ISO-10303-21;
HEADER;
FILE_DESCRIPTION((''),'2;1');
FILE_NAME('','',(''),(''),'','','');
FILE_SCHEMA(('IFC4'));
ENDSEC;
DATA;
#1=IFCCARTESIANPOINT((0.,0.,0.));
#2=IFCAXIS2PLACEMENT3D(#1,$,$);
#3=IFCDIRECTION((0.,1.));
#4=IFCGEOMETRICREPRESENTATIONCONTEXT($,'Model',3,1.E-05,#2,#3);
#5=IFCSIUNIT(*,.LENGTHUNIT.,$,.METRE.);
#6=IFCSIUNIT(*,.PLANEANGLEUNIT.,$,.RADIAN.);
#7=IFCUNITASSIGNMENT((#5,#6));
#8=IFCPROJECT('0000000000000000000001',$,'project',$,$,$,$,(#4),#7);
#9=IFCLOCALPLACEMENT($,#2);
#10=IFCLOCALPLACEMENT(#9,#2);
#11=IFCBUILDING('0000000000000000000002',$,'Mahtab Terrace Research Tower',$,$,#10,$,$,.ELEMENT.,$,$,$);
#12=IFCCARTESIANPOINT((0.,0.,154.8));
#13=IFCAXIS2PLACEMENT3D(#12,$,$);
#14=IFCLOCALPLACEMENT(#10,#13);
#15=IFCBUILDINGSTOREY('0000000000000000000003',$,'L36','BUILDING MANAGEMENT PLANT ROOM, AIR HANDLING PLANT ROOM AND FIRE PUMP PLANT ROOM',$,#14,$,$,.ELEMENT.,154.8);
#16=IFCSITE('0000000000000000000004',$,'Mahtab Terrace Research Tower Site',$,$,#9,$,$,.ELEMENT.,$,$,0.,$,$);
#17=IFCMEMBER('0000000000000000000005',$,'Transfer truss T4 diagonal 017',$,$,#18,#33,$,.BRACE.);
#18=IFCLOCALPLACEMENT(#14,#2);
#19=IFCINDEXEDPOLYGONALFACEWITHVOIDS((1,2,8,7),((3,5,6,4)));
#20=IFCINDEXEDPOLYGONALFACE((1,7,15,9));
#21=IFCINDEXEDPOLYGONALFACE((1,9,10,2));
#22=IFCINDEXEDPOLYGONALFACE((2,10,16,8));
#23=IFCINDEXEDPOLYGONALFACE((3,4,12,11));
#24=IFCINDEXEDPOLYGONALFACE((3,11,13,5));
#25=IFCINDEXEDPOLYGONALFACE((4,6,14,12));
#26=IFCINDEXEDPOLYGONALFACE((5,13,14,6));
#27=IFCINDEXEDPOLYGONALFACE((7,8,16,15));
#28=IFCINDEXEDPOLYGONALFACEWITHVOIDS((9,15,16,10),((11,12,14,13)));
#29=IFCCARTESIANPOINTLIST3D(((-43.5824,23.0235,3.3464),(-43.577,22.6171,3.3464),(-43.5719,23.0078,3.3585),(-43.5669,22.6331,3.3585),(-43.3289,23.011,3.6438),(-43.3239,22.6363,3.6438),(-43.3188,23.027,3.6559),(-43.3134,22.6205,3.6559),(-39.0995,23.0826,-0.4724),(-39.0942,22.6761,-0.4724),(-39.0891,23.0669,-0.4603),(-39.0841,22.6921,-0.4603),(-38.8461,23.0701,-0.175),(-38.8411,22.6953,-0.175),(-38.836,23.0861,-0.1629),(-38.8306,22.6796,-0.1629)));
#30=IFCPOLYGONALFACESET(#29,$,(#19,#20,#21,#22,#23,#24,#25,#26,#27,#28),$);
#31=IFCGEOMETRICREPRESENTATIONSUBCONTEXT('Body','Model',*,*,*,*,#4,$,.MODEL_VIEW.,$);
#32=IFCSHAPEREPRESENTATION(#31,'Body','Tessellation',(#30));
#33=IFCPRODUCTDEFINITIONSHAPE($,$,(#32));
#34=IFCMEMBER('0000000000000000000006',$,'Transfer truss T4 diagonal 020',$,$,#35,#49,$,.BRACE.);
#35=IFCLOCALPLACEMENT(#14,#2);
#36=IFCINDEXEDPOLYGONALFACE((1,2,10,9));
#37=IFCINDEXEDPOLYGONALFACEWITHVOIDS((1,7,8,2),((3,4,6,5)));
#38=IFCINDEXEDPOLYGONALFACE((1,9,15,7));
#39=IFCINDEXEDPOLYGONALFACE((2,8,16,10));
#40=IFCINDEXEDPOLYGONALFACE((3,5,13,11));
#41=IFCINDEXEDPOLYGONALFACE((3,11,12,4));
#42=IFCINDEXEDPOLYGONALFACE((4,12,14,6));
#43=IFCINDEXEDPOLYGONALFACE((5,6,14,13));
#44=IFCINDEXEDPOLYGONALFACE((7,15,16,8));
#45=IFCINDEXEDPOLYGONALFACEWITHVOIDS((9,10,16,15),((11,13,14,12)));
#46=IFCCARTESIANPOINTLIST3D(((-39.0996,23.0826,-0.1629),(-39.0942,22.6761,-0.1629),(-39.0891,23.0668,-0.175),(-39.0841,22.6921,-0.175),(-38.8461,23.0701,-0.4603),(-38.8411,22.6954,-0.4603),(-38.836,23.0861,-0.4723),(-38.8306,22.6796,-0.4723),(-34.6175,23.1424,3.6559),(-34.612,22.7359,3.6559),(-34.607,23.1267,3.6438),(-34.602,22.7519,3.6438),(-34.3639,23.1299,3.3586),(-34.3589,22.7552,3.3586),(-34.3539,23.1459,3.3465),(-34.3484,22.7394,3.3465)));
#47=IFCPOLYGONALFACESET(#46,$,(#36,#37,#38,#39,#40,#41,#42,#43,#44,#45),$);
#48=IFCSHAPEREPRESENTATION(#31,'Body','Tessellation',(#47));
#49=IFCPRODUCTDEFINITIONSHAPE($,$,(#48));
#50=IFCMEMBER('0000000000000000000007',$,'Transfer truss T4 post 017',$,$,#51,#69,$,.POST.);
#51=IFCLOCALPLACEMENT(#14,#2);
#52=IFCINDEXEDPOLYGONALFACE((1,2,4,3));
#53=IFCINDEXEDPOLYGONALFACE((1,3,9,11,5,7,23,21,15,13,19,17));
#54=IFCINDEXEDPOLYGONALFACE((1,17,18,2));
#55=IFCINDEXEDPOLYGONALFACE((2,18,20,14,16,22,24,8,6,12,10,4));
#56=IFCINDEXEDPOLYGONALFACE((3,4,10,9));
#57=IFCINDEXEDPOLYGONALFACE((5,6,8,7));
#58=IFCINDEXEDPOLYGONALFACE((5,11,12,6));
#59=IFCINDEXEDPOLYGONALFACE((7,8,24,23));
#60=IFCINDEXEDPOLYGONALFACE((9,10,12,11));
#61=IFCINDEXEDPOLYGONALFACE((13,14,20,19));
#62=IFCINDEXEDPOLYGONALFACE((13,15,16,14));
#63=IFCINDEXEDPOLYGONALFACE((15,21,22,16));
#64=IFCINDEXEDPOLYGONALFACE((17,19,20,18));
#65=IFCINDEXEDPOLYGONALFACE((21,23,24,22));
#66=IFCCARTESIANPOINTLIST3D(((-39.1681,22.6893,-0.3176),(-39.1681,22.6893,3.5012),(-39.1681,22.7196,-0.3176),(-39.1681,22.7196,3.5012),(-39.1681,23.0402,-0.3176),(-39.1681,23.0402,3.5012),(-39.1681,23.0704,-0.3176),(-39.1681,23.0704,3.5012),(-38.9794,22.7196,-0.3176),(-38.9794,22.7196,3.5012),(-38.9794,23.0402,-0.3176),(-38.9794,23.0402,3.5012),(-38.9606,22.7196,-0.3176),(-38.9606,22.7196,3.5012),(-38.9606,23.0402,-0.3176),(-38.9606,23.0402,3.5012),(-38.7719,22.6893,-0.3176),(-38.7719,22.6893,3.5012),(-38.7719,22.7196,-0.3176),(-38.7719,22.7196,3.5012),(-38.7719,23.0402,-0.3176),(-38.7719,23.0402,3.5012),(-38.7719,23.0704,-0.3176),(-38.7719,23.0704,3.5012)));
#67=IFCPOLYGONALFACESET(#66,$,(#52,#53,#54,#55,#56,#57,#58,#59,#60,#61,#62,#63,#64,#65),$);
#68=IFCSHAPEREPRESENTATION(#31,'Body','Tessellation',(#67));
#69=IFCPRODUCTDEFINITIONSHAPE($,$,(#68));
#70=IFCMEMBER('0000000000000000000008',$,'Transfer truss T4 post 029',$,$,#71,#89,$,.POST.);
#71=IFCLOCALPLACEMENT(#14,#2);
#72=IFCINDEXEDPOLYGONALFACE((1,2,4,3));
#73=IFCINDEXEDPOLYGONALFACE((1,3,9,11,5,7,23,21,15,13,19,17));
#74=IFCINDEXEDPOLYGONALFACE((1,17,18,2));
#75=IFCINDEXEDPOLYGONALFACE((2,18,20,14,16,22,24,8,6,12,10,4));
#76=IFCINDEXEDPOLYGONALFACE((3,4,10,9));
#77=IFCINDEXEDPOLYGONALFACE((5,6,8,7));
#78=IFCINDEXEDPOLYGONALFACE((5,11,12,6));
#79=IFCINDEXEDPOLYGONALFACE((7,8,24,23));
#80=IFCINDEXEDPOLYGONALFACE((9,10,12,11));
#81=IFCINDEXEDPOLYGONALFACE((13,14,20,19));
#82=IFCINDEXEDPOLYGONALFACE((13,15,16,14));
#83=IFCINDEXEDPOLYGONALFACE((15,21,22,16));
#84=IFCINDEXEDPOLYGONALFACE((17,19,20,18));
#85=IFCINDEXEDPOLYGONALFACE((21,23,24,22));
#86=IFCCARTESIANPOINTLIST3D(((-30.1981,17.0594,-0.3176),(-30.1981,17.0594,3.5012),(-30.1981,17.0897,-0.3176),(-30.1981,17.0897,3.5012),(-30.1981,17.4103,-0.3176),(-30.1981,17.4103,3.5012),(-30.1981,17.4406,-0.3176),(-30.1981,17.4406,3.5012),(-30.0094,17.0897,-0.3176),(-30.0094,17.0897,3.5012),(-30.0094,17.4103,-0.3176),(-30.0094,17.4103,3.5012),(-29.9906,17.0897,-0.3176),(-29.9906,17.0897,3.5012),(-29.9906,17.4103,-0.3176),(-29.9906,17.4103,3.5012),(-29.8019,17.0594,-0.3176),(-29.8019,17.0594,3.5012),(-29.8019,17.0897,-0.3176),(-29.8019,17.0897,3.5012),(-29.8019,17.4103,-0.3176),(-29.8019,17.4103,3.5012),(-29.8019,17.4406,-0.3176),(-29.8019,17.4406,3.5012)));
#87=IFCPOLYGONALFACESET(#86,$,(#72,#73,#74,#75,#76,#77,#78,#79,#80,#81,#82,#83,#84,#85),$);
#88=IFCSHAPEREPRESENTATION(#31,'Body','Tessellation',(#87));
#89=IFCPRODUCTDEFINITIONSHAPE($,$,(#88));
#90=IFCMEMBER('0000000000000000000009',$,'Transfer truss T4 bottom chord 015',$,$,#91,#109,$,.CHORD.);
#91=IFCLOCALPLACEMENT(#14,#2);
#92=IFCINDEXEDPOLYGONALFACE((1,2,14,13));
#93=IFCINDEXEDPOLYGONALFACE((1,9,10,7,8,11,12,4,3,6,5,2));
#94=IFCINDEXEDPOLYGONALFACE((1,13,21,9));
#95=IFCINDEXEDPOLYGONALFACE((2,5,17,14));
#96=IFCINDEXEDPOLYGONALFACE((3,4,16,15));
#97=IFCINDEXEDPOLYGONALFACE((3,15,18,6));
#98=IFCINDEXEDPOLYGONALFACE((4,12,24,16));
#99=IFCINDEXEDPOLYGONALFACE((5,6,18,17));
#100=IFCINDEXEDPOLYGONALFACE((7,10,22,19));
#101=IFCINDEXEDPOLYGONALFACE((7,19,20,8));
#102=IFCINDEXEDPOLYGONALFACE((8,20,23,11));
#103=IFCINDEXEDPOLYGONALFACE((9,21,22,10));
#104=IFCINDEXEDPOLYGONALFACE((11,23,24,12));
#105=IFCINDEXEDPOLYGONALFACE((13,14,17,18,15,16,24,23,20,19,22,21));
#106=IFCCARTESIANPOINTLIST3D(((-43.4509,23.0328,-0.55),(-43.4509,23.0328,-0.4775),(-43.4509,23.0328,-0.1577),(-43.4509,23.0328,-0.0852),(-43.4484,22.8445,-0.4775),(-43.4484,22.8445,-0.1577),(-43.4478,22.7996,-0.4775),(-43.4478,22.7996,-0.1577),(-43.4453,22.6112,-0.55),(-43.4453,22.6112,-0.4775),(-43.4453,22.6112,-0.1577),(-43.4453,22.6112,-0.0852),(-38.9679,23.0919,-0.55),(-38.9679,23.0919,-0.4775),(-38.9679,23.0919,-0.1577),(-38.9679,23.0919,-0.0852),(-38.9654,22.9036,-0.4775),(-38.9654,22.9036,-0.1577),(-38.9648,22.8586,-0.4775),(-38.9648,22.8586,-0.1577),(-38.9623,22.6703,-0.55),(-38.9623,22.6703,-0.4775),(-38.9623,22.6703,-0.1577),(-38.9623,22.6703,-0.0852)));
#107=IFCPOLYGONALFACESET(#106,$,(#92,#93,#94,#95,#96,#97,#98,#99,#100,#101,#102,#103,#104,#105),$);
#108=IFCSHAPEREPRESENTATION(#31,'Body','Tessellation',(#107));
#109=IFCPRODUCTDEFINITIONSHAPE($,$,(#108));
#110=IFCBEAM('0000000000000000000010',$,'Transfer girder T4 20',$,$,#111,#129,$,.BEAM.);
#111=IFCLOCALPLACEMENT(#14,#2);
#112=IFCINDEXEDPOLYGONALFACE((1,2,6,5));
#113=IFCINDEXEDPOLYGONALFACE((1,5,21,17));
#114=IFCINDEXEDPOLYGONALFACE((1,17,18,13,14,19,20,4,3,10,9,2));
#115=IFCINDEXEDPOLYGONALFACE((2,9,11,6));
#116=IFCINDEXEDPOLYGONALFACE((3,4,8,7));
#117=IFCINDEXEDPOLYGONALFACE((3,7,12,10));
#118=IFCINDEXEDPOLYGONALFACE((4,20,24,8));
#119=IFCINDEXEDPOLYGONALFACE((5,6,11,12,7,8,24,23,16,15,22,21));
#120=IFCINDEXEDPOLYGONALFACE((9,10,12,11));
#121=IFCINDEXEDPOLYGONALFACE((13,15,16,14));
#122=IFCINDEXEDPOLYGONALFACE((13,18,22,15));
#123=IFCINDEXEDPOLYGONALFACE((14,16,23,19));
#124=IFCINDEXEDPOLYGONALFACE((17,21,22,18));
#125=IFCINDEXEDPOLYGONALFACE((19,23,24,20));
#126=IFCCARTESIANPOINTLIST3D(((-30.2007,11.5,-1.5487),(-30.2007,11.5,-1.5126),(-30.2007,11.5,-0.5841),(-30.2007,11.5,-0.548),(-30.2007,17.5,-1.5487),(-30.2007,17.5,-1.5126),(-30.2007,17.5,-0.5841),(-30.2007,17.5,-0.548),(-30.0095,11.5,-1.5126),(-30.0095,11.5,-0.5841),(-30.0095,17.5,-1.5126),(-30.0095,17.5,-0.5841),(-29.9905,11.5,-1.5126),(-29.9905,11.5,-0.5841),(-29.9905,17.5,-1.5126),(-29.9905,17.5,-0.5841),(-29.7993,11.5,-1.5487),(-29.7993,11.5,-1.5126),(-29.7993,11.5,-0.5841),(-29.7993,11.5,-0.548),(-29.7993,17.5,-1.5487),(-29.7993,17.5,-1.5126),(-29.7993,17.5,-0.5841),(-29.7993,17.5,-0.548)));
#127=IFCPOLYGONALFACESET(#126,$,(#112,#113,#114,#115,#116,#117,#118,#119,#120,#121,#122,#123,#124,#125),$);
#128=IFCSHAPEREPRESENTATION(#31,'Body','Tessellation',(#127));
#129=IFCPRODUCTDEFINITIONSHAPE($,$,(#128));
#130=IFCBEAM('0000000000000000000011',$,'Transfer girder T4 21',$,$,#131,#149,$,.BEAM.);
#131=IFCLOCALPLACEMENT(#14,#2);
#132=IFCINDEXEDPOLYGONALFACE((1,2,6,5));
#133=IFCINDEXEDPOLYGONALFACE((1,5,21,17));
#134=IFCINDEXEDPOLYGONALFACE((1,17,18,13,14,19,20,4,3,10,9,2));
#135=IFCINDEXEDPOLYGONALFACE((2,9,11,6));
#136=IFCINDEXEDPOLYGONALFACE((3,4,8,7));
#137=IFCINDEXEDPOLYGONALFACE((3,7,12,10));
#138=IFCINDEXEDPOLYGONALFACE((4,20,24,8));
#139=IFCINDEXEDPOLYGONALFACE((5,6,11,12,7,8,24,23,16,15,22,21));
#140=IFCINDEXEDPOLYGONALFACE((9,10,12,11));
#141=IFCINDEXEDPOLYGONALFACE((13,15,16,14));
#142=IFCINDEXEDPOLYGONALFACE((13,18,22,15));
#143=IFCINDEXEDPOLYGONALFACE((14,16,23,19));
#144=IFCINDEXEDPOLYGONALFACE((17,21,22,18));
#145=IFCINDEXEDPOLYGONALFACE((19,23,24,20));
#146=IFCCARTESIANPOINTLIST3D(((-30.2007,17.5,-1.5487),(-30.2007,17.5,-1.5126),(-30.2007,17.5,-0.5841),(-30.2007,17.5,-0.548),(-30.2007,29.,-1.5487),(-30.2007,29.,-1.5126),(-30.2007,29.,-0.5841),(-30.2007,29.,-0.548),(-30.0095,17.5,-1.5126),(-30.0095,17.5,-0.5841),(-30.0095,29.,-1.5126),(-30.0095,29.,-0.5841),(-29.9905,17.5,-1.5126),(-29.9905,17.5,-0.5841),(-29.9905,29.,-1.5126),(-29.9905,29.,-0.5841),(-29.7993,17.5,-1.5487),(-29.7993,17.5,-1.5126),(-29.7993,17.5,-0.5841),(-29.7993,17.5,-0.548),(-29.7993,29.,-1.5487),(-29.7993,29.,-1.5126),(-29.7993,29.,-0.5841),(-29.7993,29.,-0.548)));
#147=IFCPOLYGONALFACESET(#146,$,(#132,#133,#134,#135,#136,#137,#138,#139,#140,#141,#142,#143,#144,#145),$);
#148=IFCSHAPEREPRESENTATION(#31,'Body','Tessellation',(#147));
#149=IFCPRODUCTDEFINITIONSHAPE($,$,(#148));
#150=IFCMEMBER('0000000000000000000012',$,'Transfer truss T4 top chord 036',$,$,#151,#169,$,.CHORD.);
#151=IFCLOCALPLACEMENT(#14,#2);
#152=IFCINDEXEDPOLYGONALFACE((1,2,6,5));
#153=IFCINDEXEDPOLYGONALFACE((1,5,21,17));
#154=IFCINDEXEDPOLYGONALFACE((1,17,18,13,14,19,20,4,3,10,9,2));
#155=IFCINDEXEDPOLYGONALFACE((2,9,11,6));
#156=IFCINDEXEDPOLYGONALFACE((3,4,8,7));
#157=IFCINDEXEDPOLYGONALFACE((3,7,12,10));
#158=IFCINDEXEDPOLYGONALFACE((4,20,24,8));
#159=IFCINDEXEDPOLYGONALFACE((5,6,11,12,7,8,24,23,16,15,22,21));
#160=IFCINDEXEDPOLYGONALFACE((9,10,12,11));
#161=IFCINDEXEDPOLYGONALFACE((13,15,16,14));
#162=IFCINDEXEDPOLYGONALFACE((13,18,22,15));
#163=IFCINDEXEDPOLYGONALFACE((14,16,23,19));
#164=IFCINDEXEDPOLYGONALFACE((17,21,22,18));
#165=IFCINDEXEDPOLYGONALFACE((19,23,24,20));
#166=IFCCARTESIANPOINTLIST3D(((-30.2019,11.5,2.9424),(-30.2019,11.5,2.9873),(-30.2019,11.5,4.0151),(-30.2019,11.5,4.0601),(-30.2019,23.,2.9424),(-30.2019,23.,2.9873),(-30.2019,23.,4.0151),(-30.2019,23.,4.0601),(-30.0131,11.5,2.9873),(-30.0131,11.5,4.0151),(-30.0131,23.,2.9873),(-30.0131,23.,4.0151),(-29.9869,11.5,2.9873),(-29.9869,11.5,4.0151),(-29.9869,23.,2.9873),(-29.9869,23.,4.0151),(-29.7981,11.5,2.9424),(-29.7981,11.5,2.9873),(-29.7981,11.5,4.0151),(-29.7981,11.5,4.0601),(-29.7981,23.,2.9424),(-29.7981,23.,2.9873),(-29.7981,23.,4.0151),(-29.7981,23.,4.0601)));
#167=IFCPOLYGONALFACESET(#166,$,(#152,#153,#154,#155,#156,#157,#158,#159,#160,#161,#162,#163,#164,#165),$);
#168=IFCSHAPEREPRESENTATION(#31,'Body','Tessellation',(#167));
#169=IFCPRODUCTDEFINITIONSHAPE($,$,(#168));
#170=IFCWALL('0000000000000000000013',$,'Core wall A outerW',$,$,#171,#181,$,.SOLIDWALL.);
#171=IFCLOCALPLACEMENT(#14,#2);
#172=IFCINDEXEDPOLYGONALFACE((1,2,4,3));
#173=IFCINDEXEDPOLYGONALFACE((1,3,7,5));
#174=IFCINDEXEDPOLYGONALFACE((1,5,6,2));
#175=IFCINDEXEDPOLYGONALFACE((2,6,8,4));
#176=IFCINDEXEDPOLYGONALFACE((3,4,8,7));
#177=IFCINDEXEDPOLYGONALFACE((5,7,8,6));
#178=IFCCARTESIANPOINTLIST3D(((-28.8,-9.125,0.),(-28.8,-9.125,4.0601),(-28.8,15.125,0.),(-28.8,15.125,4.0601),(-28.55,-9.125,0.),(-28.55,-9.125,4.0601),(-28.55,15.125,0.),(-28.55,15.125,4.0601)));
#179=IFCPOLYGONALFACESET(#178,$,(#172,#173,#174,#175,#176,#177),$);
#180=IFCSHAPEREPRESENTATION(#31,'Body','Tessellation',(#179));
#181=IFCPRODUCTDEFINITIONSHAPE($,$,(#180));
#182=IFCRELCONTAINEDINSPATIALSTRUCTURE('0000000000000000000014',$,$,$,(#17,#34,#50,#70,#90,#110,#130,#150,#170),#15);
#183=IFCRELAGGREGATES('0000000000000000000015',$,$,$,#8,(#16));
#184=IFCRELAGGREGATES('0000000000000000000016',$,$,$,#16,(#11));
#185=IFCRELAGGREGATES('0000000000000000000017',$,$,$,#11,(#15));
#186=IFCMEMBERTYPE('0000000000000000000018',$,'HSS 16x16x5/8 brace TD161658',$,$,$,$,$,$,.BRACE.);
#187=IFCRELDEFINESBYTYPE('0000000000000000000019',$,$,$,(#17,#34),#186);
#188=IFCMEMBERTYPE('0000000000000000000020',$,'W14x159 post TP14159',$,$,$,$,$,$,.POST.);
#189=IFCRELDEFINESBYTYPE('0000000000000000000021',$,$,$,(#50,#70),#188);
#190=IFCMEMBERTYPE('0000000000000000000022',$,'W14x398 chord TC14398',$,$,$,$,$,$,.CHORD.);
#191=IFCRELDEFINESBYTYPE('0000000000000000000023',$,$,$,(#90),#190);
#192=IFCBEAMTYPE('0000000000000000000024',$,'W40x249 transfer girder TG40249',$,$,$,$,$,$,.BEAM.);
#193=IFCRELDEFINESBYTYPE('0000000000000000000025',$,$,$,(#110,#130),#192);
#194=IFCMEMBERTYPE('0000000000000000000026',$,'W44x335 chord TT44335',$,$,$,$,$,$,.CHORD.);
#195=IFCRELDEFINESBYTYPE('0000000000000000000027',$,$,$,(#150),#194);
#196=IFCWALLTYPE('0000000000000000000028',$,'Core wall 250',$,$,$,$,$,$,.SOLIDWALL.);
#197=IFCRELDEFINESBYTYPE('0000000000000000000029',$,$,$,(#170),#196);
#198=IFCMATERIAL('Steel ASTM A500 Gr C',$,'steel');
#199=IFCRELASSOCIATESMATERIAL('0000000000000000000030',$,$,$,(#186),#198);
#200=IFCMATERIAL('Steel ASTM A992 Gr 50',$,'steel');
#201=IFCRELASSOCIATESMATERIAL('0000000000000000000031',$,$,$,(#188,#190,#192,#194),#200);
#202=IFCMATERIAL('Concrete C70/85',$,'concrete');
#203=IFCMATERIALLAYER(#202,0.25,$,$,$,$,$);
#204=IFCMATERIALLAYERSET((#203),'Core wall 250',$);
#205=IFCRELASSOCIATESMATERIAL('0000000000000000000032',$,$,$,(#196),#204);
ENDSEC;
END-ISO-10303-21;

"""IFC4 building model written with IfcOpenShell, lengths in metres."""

from ifc_helpers import new_model, si_unit, direction, frame, frame_2d, origin, origin_2d, place, context, subcontext, project, spatial, rectangle, hollow_rectangle, i_section, extrude, material, layer, layer_set, material_profile, profile_set, type_object, element, save


model = new_model("IFC4")

# Units and contexts
model_context = context("Model", 3, precision=1e-05, world=origin(), true_north=direction((0.0, 1.0)))
body_context = subcontext(model_context, "Body", "Model", "MODEL_VIEW")
ifc_project = project(units=[si_unit("LENGTHUNIT", "METRE"), si_unit("PLANEANGLEUNIT", "RADIAN")], contexts=[model_context])

# Site, building, storey
site_placement = place(None, origin())
site = spatial("IfcSite", under=ifc_project, at=site_placement, Name="Mahtab Terrace Research Tower Site", CompositionType="ELEMENT", RefElevation=0.0)
building_placement = place(site_placement, origin())
building = spatial("IfcBuilding", under=site, at=building_placement, Name="Mahtab Terrace Research Tower", CompositionType="ELEMENT")
storey_placement = place(building_placement, frame((0.0, 0.0, 154.8)))
storey = spatial("IfcBuildingStorey", under=building, at=storey_placement, Name="L36", Description="BUILDING MANAGEMENT PLANT ROOM, AIR HANDLING PLANT ROOM AND FIRE PUMP PLANT ROOM", CompositionType="ELEMENT", Elevation=154.8)

# Members
ifc_material_1 = material(Name="Steel ASTM A500 Gr C", Category="steel")
ifc_material_profile_1 = material_profile(ifc_material_1, hollow_rectangle(XDim=0.4065, YDim=0.4065, WallThickness=0.0159, at=origin_2d()), Name="HSS16X16X5/8")
ifc_profile_set_1 = profile_set([ifc_material_profile_1], Name="Steel ASTM A500 Gr C")
member_type_1 = type_object("IfcMemberType", Name="HSS 16x16x5/8 brace TD161658", PredefinedType="BRACE", material=ifc_profile_set_1)
member_1_placement = place(storey_placement, frame((-38.9651, 22.8811, -0.3176), z_axis=(-0.761199, -0.010032, 0.648441), x_axis=(0.013178, -0.999913, 0.0)))
element("IfcMember", 1, at=member_1_placement, inside=storey, type_object=member_type_1, Name="Transfer truss T4 diagonal 017", PredefinedType="BRACE", context=body_context, shape_type="SweptSolid", body=[
    extrude(hollow_rectangle(XDim=0.4065, YDim=0.4065, WallThickness=0.0159, at=origin_2d()), origin(), (0.0, 0.0, 1.0), 5.8892),
])
member_2_placement = place(storey_placement, frame((-38.9651, 22.8811, -0.3176), z_axis=(0.761146, 0.010157, 0.648502), x_axis=(-0.013344, 0.999911, 0.0)))
element("IfcMember", 2, at=member_2_placement, inside=storey, type_object=member_type_1, Name="Transfer truss T4 diagonal 020", PredefinedType="BRACE", context=body_context, shape_type="SweptSolid", body=[
    extrude(hollow_rectangle(XDim=0.4065, YDim=0.4065, WallThickness=0.0159, at=origin_2d()), origin(), (0.0, 0.0, 1.0), 5.8887),
])
ifc_material_2 = material(Name="Steel ASTM A992 Gr 50", Category="steel")
ifc_material_profile_2 = material_profile(ifc_material_2, i_section(OverallWidth=0.3962, OverallDepth=0.3811, WebThickness=0.0188, FlangeThickness=0.0303, at=origin_2d()), Name="W14X159")
ifc_profile_set_2 = profile_set([ifc_material_profile_2], Name="Steel ASTM A992 Gr 50")
member_type_2 = type_object("IfcMemberType", Name="W14x159 post TP14159", PredefinedType="POST", material=ifc_profile_set_2)
for number, where, z_axis, x_axis, name in (
    (3, (-38.97, 22.8799, -0.3176), (0.0, 0.0, 1.0), (1.0, 0.0, 0.0), "Transfer truss T4 post 017"),
    (4, (-30.0, 17.25, -0.3176), (0.0, 0.0, 1.0), (1.0, 0.0, 0.0), "Transfer truss T4 post 029"),
):
    element("IfcMember", number, at=place(storey_placement, frame(where, z_axis=z_axis, x_axis=x_axis)), inside=storey, type_object=member_type_2, Name=name, PredefinedType="POST", context=body_context, shape_type="SweptSolid", body=[
        extrude(i_section(OverallWidth=0.3962, OverallDepth=0.3811, WebThickness=0.0188, FlangeThickness=0.0303, at=origin_2d()), origin(), (0.0, 0.0, 1.0), 3.8188),
    ])
ifc_material_profile_3 = material_profile(ifc_material_2, i_section(OverallWidth=0.4216, OverallDepth=0.4648, WebThickness=0.0449, FlangeThickness=0.0725, at=origin_2d()), Name="W14X398")
ifc_profile_set_3 = profile_set([ifc_material_profile_3], Name="Steel ASTM A992 Gr 50")
member_type_3 = type_object("IfcMemberType", Name="W14x398 chord TC14398", PredefinedType="CHORD", material=ifc_profile_set_3)
member_3_placement = place(storey_placement, frame((-38.9651, 22.8811, -0.3176), z_axis=(-0.999913, -0.013178, 0.0), x_axis=(0.013178, -0.999913, 0.0)))
element("IfcMember", 5, at=member_3_placement, inside=storey, type_object=member_type_3, Name="Transfer truss T4 bottom chord 015", PredefinedType="CHORD", context=body_context, shape_type="SweptSolid", body=[
    extrude(i_section(OverallWidth=0.4216, OverallDepth=0.4648, WebThickness=0.0449, FlangeThickness=0.0725, at=origin_2d()), origin(), (0.0, 0.0, 1.0), 4.4834),
])

# Beams
ifc_material_profile_4 = material_profile(ifc_material_2, i_section(OverallWidth=0.4014, OverallDepth=1.0007, WebThickness=0.019, FlangeThickness=0.0361, at=origin_2d()), Name="W40X249")
ifc_profile_set_4 = profile_set([ifc_material_profile_4], Name="Steel ASTM A992 Gr 50")
beam_type = type_object("IfcBeamType", Name="W40x249 transfer girder TG40249", PredefinedType="BEAM", material=ifc_profile_set_4)
beam_1_placement = place(storey_placement, frame((-30.0, 11.5, -1.0483), z_axis=(0.0, 1.0, 0.0), x_axis=(-1.0, 0.0, 0.0)))
element("IfcBeam", 6, at=beam_1_placement, inside=storey, type_object=beam_type, Name="Transfer girder T4 20", PredefinedType="BEAM", context=body_context, shape_type="SweptSolid", body=[
    extrude(i_section(OverallWidth=0.4014, OverallDepth=1.0007, WebThickness=0.019, FlangeThickness=0.0361, at=origin_2d()), origin(), (0.0, 0.0, 1.0), 6.0),
])
beam_2_placement = place(storey_placement, frame((-30.0, 17.5, -1.0483), z_axis=(0.0, 1.0, 0.0), x_axis=(-1.0, 0.0, 0.0)))
element("IfcBeam", 7, at=beam_2_placement, inside=storey, type_object=beam_type, Name="Transfer girder T4 21", PredefinedType="BEAM", context=body_context, shape_type="SweptSolid", body=[
    extrude(i_section(OverallWidth=0.4014, OverallDepth=1.0007, WebThickness=0.019, FlangeThickness=0.0361, at=origin_2d()), origin(), (0.0, 0.0, 1.0), 11.5),
])

# Member
ifc_material_profile_5 = material_profile(ifc_material_2, i_section(OverallWidth=0.4038, OverallDepth=1.1177, WebThickness=0.0261, FlangeThickness=0.0449, at=origin_2d()), Name="W44X335")
ifc_profile_set_5 = profile_set([ifc_material_profile_5], Name="Steel ASTM A992 Gr 50")
member_type_4 = type_object("IfcMemberType", Name="W44x335 chord TT44335", PredefinedType="CHORD", material=ifc_profile_set_5)
member_4_placement = place(storey_placement, frame((-30.0, 11.5, 3.5012), z_axis=(0.0, 1.0, 0.0), x_axis=(-1.0, 0.0, 0.0)))
element("IfcMember", 8, at=member_4_placement, inside=storey, type_object=member_type_4, Name="Transfer truss T4 top chord 036", PredefinedType="CHORD", context=body_context, shape_type="SweptSolid", body=[
    extrude(i_section(OverallWidth=0.4038, OverallDepth=1.1177, WebThickness=0.0261, FlangeThickness=0.0449, at=origin_2d()), origin(), (0.0, 0.0, 1.0), 11.5),
])

# Wall
ifc_material_3 = material(Name="Concrete C70/85", Category="concrete")
ifc_layer_1 = layer(ifc_material_3, 0.25)
ifc_layer_set_1 = layer_set([ifc_layer_1], Name="Core wall 250")
wall_type_1 = type_object("IfcWallType", Name="Core wall 250", PredefinedType="SOLIDWALL", material=ifc_layer_set_1)
wall_1_placement = place(storey_placement, frame((-28.675, 15.125, 0.0), z_axis=(0.0, 0.0, 1.0), x_axis=(0.0, -1.0, 0.0)))
element("IfcWall", 9, at=wall_1_placement, inside=storey, type_object=wall_type_1, Name="Core wall A outerW", PredefinedType="SOLIDWALL", context=body_context, shape_type="SweptSolid", body=[
    extrude(rectangle(XDim=24.25, YDim=0.25, at=frame_2d((12.125, 0.0))), origin(), (0.0, 0.0, 1.0), 4.0601),
])

save(model, "model.ifc")
